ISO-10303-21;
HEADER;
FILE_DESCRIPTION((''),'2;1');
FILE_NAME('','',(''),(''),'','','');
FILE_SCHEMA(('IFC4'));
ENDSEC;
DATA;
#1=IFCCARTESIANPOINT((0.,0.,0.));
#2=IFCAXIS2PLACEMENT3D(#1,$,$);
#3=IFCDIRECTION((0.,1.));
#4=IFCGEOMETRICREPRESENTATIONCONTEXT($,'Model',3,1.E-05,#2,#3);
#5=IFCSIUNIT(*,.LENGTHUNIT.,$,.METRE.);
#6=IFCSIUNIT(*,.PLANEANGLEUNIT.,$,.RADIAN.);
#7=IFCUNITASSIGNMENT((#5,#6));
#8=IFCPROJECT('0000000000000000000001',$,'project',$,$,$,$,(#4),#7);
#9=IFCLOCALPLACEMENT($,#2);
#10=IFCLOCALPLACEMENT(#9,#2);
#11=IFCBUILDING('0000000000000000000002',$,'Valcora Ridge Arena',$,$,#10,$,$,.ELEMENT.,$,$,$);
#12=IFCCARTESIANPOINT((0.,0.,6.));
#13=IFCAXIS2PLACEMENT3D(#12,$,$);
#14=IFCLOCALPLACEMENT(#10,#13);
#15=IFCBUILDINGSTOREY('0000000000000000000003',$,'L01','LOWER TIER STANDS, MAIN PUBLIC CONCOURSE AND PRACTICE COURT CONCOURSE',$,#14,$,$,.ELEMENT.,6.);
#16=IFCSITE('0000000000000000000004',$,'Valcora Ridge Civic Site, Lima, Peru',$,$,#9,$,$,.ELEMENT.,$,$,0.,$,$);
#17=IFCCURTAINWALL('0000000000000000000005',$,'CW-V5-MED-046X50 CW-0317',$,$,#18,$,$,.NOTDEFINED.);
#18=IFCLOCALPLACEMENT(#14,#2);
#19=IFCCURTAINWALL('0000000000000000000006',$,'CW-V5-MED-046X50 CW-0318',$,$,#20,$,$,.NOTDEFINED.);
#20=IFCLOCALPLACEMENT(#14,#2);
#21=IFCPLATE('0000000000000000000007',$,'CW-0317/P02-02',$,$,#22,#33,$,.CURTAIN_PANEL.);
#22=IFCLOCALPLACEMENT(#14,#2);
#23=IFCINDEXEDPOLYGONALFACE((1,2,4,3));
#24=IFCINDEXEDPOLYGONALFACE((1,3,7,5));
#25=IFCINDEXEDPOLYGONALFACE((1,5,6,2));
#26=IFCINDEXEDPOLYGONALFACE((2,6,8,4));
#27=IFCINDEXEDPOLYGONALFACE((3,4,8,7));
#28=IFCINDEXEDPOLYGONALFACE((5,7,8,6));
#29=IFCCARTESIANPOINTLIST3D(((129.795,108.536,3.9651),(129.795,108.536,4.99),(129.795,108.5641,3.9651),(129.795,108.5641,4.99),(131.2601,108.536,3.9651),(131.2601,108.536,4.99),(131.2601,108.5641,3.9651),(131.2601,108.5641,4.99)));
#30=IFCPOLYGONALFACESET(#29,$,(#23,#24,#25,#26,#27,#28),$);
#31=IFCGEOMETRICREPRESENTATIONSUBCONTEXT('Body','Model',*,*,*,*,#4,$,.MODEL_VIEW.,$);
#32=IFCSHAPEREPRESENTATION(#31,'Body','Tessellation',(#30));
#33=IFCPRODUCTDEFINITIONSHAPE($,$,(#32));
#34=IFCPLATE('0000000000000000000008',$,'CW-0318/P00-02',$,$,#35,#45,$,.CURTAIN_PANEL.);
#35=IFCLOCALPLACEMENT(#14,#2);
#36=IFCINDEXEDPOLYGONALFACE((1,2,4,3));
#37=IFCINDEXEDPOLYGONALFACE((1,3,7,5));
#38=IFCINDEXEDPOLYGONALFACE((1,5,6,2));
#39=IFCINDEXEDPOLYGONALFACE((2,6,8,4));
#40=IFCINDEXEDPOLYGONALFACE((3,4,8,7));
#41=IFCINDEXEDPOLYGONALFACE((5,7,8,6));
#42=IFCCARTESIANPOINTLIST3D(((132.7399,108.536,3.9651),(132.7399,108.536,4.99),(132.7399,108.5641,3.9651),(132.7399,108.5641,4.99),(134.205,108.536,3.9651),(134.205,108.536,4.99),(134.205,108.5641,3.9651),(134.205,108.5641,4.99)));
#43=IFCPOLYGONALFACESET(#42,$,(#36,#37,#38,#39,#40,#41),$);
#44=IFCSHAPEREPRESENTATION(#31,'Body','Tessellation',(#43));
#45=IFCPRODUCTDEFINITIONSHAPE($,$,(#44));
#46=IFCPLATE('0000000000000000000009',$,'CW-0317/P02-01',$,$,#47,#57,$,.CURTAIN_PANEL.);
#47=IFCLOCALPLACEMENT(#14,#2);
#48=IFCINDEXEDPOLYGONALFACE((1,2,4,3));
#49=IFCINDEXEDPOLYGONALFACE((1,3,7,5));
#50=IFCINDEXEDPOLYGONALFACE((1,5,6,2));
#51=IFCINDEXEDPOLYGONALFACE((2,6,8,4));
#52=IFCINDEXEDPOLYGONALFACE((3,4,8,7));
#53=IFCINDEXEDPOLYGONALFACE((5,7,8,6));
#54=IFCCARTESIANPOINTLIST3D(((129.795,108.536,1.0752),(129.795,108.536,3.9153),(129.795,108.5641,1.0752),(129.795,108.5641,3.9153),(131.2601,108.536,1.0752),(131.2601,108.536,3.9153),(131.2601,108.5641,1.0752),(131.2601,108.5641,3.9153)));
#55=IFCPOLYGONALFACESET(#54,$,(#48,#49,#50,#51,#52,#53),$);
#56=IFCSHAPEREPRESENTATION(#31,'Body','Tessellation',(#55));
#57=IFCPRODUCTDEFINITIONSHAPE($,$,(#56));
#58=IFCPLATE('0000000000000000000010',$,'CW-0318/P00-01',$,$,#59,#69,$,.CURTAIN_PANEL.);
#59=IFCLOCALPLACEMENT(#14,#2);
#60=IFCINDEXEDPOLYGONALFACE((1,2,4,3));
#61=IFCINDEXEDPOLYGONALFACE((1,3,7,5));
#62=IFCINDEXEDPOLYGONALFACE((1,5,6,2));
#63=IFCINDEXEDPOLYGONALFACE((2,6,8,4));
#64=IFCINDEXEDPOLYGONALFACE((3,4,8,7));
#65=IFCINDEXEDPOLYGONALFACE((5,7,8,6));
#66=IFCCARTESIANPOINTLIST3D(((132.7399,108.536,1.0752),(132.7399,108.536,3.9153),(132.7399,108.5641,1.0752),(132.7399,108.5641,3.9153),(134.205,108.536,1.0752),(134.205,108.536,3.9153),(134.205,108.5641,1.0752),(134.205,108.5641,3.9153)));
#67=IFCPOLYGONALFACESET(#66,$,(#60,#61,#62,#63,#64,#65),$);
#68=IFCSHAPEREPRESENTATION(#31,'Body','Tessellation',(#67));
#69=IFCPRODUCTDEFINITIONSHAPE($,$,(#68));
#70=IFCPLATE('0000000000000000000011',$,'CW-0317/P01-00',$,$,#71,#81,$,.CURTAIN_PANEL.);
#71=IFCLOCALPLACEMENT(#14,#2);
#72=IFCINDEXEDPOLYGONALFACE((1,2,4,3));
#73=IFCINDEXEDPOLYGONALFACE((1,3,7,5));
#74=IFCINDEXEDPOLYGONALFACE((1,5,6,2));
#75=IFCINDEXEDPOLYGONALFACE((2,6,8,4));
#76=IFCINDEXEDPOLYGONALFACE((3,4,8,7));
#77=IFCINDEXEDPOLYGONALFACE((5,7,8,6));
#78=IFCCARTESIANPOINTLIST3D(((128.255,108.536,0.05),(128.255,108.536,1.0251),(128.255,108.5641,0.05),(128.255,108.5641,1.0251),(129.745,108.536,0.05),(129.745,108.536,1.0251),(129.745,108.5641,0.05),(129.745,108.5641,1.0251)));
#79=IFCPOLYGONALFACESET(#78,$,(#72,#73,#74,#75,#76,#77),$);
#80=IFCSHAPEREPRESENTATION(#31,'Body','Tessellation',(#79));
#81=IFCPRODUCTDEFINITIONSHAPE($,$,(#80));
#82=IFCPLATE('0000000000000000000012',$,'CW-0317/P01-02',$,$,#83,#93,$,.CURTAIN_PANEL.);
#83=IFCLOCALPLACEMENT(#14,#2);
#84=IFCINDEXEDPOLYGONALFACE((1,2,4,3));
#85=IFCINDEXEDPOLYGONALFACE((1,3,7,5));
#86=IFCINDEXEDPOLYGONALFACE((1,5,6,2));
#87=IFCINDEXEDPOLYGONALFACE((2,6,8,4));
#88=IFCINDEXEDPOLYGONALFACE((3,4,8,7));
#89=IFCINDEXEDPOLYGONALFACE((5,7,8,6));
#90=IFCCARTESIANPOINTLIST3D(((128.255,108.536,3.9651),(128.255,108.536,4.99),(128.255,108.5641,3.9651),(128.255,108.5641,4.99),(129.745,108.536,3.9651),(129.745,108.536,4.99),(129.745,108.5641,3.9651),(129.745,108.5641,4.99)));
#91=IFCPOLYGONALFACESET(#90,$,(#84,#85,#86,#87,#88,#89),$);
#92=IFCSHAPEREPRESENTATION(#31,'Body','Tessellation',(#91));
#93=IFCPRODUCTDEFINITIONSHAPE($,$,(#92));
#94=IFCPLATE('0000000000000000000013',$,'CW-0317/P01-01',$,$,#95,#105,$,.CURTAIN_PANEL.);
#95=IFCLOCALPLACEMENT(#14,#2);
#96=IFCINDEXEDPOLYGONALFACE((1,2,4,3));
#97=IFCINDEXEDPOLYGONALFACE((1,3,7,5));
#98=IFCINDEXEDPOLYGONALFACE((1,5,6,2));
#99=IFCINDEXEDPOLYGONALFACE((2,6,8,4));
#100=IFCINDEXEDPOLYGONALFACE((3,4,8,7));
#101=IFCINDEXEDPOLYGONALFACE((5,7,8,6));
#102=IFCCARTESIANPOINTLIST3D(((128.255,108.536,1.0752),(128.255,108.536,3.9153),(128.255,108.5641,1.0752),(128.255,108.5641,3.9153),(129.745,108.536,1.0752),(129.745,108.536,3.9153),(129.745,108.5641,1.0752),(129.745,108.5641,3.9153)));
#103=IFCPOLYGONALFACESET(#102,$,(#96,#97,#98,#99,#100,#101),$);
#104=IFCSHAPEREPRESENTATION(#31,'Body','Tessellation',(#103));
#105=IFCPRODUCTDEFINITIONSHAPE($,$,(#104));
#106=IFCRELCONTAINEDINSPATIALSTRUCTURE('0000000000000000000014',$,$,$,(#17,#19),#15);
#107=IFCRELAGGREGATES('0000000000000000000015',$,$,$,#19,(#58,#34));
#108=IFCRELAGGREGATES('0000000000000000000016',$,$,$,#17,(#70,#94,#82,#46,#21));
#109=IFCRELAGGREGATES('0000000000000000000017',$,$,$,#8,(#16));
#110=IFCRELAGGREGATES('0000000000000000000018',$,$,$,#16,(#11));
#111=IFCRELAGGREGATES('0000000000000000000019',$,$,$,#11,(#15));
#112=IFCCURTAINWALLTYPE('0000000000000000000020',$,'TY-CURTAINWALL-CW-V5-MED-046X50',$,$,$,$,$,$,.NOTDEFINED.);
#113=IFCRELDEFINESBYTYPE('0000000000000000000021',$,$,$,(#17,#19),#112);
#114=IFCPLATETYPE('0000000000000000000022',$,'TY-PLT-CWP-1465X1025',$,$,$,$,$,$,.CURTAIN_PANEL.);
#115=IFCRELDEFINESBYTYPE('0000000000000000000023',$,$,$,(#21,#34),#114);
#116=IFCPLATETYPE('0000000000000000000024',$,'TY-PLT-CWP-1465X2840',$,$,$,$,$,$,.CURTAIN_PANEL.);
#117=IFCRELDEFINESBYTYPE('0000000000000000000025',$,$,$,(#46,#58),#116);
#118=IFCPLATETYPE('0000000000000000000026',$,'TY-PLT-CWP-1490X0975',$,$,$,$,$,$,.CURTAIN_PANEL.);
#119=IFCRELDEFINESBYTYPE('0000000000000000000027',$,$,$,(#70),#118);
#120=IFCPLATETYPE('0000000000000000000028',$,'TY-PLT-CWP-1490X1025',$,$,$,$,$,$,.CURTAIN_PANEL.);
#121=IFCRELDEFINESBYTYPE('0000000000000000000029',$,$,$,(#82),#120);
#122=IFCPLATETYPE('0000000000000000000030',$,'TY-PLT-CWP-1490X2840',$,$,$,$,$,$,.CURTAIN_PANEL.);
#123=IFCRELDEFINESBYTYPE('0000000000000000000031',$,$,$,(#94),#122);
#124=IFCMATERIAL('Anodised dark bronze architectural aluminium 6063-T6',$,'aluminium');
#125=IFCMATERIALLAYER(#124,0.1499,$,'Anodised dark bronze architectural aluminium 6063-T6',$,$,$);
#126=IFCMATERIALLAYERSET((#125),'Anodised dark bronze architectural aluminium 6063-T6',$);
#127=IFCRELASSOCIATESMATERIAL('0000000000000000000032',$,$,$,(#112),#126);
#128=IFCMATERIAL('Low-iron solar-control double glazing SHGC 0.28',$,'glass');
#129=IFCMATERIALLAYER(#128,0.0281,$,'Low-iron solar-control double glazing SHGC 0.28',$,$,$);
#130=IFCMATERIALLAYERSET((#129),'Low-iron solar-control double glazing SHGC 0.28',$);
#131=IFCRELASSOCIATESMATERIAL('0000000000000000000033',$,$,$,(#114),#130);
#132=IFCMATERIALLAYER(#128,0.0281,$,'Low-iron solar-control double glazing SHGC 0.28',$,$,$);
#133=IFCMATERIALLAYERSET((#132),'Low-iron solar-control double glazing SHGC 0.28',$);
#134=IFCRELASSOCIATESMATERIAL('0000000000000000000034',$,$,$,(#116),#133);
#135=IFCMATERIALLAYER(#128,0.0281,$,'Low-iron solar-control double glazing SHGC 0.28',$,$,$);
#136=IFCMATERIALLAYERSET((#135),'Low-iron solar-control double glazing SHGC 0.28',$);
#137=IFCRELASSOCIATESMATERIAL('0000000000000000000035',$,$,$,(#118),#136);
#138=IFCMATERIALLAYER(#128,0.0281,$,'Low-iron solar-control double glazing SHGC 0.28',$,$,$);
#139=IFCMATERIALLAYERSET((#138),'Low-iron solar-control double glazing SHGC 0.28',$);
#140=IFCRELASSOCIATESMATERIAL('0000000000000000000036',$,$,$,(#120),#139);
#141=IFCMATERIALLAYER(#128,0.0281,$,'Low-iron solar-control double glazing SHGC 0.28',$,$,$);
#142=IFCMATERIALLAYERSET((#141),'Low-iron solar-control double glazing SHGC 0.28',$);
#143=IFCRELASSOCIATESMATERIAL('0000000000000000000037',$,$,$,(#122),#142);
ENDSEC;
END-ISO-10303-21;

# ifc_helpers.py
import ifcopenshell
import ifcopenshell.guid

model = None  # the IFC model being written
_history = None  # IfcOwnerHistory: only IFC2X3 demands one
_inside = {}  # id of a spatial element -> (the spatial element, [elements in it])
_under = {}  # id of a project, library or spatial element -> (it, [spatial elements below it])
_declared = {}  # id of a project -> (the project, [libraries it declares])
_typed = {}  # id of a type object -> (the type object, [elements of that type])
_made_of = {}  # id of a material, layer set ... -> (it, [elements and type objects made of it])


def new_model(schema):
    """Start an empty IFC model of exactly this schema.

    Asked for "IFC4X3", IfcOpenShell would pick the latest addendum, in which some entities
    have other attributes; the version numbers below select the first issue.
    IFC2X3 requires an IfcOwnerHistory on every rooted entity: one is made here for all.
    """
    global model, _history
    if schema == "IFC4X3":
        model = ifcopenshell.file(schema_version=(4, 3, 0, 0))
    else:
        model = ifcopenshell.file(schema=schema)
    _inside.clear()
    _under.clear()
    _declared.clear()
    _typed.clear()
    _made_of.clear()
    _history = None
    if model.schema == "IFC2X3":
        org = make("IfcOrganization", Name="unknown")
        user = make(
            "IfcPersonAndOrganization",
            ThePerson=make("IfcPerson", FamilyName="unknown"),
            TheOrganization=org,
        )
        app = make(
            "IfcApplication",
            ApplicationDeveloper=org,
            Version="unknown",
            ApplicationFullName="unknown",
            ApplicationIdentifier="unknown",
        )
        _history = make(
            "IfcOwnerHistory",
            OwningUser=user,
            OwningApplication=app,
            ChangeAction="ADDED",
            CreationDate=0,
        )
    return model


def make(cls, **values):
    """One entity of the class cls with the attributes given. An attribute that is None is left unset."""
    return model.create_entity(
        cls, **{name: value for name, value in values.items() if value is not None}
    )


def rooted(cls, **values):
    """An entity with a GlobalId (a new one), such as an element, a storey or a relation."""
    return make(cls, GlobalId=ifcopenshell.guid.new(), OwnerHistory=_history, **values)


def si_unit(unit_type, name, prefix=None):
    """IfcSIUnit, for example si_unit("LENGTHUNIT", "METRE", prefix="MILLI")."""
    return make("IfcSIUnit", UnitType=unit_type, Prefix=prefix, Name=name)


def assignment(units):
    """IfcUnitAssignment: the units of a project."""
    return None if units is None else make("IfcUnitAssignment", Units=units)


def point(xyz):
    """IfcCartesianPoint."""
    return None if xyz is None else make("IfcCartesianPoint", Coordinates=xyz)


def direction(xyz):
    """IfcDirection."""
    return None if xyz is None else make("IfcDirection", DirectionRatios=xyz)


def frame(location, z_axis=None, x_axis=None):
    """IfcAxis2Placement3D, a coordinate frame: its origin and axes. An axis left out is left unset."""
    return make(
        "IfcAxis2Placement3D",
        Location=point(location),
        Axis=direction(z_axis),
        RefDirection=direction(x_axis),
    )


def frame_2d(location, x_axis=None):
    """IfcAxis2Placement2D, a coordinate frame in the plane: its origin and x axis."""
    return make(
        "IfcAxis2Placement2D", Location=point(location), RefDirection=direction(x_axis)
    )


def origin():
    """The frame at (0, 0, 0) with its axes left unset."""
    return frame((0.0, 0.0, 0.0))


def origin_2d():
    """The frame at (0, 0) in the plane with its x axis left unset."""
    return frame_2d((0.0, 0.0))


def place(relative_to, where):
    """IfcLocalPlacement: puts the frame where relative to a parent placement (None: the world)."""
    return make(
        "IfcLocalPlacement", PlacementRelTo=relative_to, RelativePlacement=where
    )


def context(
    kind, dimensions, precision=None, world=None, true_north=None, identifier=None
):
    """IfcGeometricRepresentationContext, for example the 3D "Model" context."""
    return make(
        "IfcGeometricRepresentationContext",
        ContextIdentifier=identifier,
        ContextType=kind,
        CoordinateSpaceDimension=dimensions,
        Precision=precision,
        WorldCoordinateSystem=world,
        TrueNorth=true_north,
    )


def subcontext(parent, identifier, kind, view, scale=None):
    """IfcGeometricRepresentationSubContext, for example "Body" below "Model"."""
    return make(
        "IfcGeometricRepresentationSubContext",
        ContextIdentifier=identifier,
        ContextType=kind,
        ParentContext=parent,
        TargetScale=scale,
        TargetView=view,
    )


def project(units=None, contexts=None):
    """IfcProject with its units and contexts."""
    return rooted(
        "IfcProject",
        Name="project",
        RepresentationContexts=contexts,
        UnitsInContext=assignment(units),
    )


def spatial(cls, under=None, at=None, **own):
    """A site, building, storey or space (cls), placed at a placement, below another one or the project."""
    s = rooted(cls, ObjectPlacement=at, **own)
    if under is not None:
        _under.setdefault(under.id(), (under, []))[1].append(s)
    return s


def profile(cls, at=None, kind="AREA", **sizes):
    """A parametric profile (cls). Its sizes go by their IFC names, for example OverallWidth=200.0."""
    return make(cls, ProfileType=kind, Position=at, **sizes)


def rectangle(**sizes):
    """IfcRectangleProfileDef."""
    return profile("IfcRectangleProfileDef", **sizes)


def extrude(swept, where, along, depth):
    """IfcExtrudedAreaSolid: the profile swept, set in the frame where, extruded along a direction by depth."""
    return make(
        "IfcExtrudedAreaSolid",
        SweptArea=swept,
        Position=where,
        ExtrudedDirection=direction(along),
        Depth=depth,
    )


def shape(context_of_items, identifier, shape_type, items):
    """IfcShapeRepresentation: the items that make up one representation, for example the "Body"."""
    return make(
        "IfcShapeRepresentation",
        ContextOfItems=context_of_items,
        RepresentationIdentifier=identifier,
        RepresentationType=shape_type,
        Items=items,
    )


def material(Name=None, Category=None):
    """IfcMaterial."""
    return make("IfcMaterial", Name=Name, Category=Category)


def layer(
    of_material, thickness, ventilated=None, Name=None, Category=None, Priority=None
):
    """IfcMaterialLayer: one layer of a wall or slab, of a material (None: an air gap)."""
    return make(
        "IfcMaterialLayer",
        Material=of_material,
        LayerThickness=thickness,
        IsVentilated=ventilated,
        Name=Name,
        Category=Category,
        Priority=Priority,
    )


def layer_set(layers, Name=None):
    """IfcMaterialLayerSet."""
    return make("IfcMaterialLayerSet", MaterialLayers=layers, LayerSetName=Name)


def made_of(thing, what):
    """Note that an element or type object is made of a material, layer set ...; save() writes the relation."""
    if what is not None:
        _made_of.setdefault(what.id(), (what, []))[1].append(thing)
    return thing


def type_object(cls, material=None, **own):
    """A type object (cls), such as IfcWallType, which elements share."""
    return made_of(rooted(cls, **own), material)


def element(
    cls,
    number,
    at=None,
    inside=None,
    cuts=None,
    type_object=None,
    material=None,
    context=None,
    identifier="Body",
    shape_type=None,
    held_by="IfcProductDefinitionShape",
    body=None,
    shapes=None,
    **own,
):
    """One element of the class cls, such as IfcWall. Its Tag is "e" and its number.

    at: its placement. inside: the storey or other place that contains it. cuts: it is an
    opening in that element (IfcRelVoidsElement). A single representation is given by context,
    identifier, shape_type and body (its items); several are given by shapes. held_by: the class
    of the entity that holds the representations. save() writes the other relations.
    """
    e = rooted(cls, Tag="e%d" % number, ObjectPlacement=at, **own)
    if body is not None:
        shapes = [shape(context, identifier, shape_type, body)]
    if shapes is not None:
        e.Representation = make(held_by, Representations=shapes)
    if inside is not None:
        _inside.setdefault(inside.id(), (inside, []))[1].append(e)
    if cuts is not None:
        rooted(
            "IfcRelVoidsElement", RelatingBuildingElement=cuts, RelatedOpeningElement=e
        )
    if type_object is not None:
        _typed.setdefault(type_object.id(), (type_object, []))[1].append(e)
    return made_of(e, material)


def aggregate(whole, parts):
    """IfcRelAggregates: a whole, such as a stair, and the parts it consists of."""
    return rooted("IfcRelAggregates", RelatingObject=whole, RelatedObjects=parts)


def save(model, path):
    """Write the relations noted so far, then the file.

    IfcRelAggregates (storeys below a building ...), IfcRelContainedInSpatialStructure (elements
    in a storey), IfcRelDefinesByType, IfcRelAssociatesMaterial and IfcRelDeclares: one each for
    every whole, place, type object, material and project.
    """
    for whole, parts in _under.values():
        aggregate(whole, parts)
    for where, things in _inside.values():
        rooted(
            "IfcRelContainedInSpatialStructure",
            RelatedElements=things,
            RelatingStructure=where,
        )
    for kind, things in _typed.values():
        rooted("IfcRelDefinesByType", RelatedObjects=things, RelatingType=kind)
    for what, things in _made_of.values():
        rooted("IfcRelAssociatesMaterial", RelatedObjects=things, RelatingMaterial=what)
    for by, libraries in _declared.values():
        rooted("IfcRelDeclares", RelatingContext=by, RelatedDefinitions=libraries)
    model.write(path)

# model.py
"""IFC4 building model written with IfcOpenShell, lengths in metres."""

from ifc_helpers import new_model, si_unit, direction, frame, origin, origin_2d, place, context, subcontext, project, spatial, rectangle, extrude, material, layer, layer_set, type_object, element, aggregate, save


model = new_model("IFC4")

# Units and contexts
model_context = context("Model", 3, precision=1e-05, world=origin(), true_north=direction((0.0, 1.0)))
body_context = subcontext(model_context, "Body", "Model", "MODEL_VIEW")
ifc_project = project(units=[si_unit("LENGTHUNIT", "METRE"), si_unit("PLANEANGLEUNIT", "RADIAN")], contexts=[model_context])

# Site, building, storey
site_placement = place(None, origin())
site = spatial("IfcSite", under=ifc_project, at=site_placement, Name="Valcora Ridge Civic Site, Lima, Peru", CompositionType="ELEMENT", RefElevation=0.0)
building_placement = place(site_placement, origin())
building = spatial("IfcBuilding", under=site, at=building_placement, Name="Valcora Ridge Arena", CompositionType="ELEMENT")
storey_placement = place(building_placement, frame((0.0, 0.0, 6.0)))
storey = spatial("IfcBuildingStorey", under=building, at=storey_placement, Name="L01", Description="LOWER TIER STANDS, MAIN PUBLIC CONCOURSE AND PRACTICE COURT CONCOURSE", CompositionType="ELEMENT", Elevation=6.0)

# Curtain wall
ifc_material_1 = material(Name="Anodised dark bronze architectural aluminium 6063-T6", Category="aluminium")
ifc_layer_1 = layer(ifc_material_1, 0.1499, Name="Anodised dark bronze architectural aluminium 6063-T6")
ifc_layer_set_1 = layer_set([ifc_layer_1], Name="Anodised dark bronze architectural aluminium 6063-T6")
curtain_wall_type = type_object("IfcCurtainWallType", Name="TY-CURTAINWALL-CW-V5-MED-046X50", PredefinedType="NOTDEFINED", material=ifc_layer_set_1)
curtain_wall_1_placement = place(storey_placement, origin())
curtain_wall_1 = element("IfcCurtainWall", 1, at=curtain_wall_1_placement, inside=storey, type_object=curtain_wall_type, Name="CW-V5-MED-046X50 CW-0317", PredefinedType="NOTDEFINED")

# Curtain wall
curtain_wall_2_placement = place(storey_placement, origin())
curtain_wall_2 = element("IfcCurtainWall", 2, at=curtain_wall_2_placement, inside=storey, type_object=curtain_wall_type, Name="CW-V5-MED-046X50 CW-0318", PredefinedType="NOTDEFINED")

# Plates
ifc_material_2 = material(Name="Low-iron solar-control double glazing SHGC 0.28", Category="glass")
ifc_layer_2 = layer(ifc_material_2, 0.0281, Name="Low-iron solar-control double glazing SHGC 0.28")
ifc_layer_set_2 = layer_set([ifc_layer_2], Name="Low-iron solar-control double glazing SHGC 0.28")
plate_type_1 = type_object("IfcPlateType", Name="TY-PLT-CWP-1465X1025", PredefinedType="CURTAIN_PANEL", material=ifc_layer_set_2)
plate_1_placement = place(storey_placement, frame((130.5276, 108.55, 3.9651), z_axis=(0.0, 0.0, 1.0), x_axis=(1.0, 0.0, 0.0)))
plate_1 = element("IfcPlate", 3, at=plate_1_placement, type_object=plate_type_1, Name="CW-0317/P02-02", PredefinedType="CURTAIN_PANEL", context=body_context, shape_type="SweptSolid", body=[
    extrude(rectangle(XDim=1.4651, YDim=0.0281, at=origin_2d()), origin(), (0.0, 0.0, 1.0), 1.0249),
])
plate_2_placement = place(storey_placement, frame((133.4724, 108.55, 3.9651), z_axis=(0.0, 0.0, 1.0), x_axis=(1.0, 0.0, 0.0)))
plate_2 = element("IfcPlate", 4, at=plate_2_placement, type_object=plate_type_1, Name="CW-0318/P00-02", PredefinedType="CURTAIN_PANEL", context=body_context, shape_type="SweptSolid", body=[
    extrude(rectangle(XDim=1.4651, YDim=0.0281, at=origin_2d()), origin(), (0.0, 0.0, 1.0), 1.0249),
])
ifc_layer_3 = layer(ifc_material_2, 0.0281, Name="Low-iron solar-control double glazing SHGC 0.28")
ifc_layer_set_3 = layer_set([ifc_layer_3], Name="Low-iron solar-control double glazing SHGC 0.28")
plate_type_2 = type_object("IfcPlateType", Name="TY-PLT-CWP-1465X2840", PredefinedType="CURTAIN_PANEL", material=ifc_layer_set_3)
plate_3_placement = place(storey_placement, frame((130.5276, 108.55, 1.0752), z_axis=(0.0, 0.0, 1.0), x_axis=(1.0, 0.0, 0.0)))
plate_3 = element("IfcPlate", 5, at=plate_3_placement, type_object=plate_type_2, Name="CW-0317/P02-01", PredefinedType="CURTAIN_PANEL", context=body_context, shape_type="SweptSolid", body=[
    extrude(rectangle(XDim=1.4651, YDim=0.0281, at=origin_2d()), origin(), (0.0, 0.0, 1.0), 2.8401),
])
plate_4_placement = place(storey_placement, frame((133.4724, 108.55, 1.0752), z_axis=(0.0, 0.0, 1.0), x_axis=(1.0, 0.0, 0.0)))
plate_4 = element("IfcPlate", 6, at=plate_4_placement, type_object=plate_type_2, Name="CW-0318/P00-01", PredefinedType="CURTAIN_PANEL", context=body_context, shape_type="SweptSolid", body=[
    extrude(rectangle(XDim=1.4651, YDim=0.0281, at=origin_2d()), origin(), (0.0, 0.0, 1.0), 2.8401),
])
aggregate(curtain_wall_2, [plate_4, plate_2])
ifc_layer_4 = layer(ifc_material_2, 0.0281, Name="Low-iron solar-control double glazing SHGC 0.28")
ifc_layer_set_4 = layer_set([ifc_layer_4], Name="Low-iron solar-control double glazing SHGC 0.28")
plate_type_3 = type_object("IfcPlateType", Name="TY-PLT-CWP-1490X0975", PredefinedType="CURTAIN_PANEL", material=ifc_layer_set_4)
plate_5_placement = place(storey_placement, frame((129.0, 108.55, 0.05), z_axis=(0.0, 0.0, 1.0), x_axis=(1.0, 0.0, 0.0)))
plate_5 = element("IfcPlate", 7, at=plate_5_placement, type_object=plate_type_3, Name="CW-0317/P01-00", PredefinedType="CURTAIN_PANEL", context=body_context, shape_type="SweptSolid", body=[
    extrude(rectangle(XDim=1.49, YDim=0.0281, at=origin_2d()), origin(), (0.0, 0.0, 1.0), 0.9751),
])
ifc_layer_5 = layer(ifc_material_2, 0.0281, Name="Low-iron solar-control double glazing SHGC 0.28")
ifc_layer_set_5 = layer_set([ifc_layer_5], Name="Low-iron solar-control double glazing SHGC 0.28")
plate_type_4 = type_object("IfcPlateType", Name="TY-PLT-CWP-1490X1025", PredefinedType="CURTAIN_PANEL", material=ifc_layer_set_5)
plate_6_placement = place(storey_placement, frame((129.0, 108.55, 3.9651), z_axis=(0.0, 0.0, 1.0), x_axis=(1.0, 0.0, 0.0)))
plate_6 = element("IfcPlate", 8, at=plate_6_placement, type_object=plate_type_4, Name="CW-0317/P01-02", PredefinedType="CURTAIN_PANEL", context=body_context, shape_type="SweptSolid", body=[
    extrude(rectangle(XDim=1.49, YDim=0.0281, at=origin_2d()), origin(), (0.0, 0.0, 1.0), 1.0249),
])
ifc_layer_6 = layer(ifc_material_2, 0.0281, Name="Low-iron solar-control double glazing SHGC 0.28")
ifc_layer_set_6 = layer_set([ifc_layer_6], Name="Low-iron solar-control double glazing SHGC 0.28")
plate_type_5 = type_object("IfcPlateType", Name="TY-PLT-CWP-1490X2840", PredefinedType="CURTAIN_PANEL", material=ifc_layer_set_6)
plate_7_placement = place(storey_placement, frame((129.0, 108.55, 1.0752), z_axis=(0.0, 0.0, 1.0), x_axis=(1.0, 0.0, 0.0)))
plate_7 = element("IfcPlate", 9, at=plate_7_placement, type_object=plate_type_5, Name="CW-0317/P01-01", PredefinedType="CURTAIN_PANEL", context=body_context, shape_type="SweptSolid", body=[
    extrude(rectangle(XDim=1.49, YDim=0.0281, at=origin_2d()), origin(), (0.0, 0.0, 1.0), 2.8401),
])
aggregate(curtain_wall_1, [plate_5, plate_7, plate_6, plate_3, plate_1])

save(model, "model.ifc")
